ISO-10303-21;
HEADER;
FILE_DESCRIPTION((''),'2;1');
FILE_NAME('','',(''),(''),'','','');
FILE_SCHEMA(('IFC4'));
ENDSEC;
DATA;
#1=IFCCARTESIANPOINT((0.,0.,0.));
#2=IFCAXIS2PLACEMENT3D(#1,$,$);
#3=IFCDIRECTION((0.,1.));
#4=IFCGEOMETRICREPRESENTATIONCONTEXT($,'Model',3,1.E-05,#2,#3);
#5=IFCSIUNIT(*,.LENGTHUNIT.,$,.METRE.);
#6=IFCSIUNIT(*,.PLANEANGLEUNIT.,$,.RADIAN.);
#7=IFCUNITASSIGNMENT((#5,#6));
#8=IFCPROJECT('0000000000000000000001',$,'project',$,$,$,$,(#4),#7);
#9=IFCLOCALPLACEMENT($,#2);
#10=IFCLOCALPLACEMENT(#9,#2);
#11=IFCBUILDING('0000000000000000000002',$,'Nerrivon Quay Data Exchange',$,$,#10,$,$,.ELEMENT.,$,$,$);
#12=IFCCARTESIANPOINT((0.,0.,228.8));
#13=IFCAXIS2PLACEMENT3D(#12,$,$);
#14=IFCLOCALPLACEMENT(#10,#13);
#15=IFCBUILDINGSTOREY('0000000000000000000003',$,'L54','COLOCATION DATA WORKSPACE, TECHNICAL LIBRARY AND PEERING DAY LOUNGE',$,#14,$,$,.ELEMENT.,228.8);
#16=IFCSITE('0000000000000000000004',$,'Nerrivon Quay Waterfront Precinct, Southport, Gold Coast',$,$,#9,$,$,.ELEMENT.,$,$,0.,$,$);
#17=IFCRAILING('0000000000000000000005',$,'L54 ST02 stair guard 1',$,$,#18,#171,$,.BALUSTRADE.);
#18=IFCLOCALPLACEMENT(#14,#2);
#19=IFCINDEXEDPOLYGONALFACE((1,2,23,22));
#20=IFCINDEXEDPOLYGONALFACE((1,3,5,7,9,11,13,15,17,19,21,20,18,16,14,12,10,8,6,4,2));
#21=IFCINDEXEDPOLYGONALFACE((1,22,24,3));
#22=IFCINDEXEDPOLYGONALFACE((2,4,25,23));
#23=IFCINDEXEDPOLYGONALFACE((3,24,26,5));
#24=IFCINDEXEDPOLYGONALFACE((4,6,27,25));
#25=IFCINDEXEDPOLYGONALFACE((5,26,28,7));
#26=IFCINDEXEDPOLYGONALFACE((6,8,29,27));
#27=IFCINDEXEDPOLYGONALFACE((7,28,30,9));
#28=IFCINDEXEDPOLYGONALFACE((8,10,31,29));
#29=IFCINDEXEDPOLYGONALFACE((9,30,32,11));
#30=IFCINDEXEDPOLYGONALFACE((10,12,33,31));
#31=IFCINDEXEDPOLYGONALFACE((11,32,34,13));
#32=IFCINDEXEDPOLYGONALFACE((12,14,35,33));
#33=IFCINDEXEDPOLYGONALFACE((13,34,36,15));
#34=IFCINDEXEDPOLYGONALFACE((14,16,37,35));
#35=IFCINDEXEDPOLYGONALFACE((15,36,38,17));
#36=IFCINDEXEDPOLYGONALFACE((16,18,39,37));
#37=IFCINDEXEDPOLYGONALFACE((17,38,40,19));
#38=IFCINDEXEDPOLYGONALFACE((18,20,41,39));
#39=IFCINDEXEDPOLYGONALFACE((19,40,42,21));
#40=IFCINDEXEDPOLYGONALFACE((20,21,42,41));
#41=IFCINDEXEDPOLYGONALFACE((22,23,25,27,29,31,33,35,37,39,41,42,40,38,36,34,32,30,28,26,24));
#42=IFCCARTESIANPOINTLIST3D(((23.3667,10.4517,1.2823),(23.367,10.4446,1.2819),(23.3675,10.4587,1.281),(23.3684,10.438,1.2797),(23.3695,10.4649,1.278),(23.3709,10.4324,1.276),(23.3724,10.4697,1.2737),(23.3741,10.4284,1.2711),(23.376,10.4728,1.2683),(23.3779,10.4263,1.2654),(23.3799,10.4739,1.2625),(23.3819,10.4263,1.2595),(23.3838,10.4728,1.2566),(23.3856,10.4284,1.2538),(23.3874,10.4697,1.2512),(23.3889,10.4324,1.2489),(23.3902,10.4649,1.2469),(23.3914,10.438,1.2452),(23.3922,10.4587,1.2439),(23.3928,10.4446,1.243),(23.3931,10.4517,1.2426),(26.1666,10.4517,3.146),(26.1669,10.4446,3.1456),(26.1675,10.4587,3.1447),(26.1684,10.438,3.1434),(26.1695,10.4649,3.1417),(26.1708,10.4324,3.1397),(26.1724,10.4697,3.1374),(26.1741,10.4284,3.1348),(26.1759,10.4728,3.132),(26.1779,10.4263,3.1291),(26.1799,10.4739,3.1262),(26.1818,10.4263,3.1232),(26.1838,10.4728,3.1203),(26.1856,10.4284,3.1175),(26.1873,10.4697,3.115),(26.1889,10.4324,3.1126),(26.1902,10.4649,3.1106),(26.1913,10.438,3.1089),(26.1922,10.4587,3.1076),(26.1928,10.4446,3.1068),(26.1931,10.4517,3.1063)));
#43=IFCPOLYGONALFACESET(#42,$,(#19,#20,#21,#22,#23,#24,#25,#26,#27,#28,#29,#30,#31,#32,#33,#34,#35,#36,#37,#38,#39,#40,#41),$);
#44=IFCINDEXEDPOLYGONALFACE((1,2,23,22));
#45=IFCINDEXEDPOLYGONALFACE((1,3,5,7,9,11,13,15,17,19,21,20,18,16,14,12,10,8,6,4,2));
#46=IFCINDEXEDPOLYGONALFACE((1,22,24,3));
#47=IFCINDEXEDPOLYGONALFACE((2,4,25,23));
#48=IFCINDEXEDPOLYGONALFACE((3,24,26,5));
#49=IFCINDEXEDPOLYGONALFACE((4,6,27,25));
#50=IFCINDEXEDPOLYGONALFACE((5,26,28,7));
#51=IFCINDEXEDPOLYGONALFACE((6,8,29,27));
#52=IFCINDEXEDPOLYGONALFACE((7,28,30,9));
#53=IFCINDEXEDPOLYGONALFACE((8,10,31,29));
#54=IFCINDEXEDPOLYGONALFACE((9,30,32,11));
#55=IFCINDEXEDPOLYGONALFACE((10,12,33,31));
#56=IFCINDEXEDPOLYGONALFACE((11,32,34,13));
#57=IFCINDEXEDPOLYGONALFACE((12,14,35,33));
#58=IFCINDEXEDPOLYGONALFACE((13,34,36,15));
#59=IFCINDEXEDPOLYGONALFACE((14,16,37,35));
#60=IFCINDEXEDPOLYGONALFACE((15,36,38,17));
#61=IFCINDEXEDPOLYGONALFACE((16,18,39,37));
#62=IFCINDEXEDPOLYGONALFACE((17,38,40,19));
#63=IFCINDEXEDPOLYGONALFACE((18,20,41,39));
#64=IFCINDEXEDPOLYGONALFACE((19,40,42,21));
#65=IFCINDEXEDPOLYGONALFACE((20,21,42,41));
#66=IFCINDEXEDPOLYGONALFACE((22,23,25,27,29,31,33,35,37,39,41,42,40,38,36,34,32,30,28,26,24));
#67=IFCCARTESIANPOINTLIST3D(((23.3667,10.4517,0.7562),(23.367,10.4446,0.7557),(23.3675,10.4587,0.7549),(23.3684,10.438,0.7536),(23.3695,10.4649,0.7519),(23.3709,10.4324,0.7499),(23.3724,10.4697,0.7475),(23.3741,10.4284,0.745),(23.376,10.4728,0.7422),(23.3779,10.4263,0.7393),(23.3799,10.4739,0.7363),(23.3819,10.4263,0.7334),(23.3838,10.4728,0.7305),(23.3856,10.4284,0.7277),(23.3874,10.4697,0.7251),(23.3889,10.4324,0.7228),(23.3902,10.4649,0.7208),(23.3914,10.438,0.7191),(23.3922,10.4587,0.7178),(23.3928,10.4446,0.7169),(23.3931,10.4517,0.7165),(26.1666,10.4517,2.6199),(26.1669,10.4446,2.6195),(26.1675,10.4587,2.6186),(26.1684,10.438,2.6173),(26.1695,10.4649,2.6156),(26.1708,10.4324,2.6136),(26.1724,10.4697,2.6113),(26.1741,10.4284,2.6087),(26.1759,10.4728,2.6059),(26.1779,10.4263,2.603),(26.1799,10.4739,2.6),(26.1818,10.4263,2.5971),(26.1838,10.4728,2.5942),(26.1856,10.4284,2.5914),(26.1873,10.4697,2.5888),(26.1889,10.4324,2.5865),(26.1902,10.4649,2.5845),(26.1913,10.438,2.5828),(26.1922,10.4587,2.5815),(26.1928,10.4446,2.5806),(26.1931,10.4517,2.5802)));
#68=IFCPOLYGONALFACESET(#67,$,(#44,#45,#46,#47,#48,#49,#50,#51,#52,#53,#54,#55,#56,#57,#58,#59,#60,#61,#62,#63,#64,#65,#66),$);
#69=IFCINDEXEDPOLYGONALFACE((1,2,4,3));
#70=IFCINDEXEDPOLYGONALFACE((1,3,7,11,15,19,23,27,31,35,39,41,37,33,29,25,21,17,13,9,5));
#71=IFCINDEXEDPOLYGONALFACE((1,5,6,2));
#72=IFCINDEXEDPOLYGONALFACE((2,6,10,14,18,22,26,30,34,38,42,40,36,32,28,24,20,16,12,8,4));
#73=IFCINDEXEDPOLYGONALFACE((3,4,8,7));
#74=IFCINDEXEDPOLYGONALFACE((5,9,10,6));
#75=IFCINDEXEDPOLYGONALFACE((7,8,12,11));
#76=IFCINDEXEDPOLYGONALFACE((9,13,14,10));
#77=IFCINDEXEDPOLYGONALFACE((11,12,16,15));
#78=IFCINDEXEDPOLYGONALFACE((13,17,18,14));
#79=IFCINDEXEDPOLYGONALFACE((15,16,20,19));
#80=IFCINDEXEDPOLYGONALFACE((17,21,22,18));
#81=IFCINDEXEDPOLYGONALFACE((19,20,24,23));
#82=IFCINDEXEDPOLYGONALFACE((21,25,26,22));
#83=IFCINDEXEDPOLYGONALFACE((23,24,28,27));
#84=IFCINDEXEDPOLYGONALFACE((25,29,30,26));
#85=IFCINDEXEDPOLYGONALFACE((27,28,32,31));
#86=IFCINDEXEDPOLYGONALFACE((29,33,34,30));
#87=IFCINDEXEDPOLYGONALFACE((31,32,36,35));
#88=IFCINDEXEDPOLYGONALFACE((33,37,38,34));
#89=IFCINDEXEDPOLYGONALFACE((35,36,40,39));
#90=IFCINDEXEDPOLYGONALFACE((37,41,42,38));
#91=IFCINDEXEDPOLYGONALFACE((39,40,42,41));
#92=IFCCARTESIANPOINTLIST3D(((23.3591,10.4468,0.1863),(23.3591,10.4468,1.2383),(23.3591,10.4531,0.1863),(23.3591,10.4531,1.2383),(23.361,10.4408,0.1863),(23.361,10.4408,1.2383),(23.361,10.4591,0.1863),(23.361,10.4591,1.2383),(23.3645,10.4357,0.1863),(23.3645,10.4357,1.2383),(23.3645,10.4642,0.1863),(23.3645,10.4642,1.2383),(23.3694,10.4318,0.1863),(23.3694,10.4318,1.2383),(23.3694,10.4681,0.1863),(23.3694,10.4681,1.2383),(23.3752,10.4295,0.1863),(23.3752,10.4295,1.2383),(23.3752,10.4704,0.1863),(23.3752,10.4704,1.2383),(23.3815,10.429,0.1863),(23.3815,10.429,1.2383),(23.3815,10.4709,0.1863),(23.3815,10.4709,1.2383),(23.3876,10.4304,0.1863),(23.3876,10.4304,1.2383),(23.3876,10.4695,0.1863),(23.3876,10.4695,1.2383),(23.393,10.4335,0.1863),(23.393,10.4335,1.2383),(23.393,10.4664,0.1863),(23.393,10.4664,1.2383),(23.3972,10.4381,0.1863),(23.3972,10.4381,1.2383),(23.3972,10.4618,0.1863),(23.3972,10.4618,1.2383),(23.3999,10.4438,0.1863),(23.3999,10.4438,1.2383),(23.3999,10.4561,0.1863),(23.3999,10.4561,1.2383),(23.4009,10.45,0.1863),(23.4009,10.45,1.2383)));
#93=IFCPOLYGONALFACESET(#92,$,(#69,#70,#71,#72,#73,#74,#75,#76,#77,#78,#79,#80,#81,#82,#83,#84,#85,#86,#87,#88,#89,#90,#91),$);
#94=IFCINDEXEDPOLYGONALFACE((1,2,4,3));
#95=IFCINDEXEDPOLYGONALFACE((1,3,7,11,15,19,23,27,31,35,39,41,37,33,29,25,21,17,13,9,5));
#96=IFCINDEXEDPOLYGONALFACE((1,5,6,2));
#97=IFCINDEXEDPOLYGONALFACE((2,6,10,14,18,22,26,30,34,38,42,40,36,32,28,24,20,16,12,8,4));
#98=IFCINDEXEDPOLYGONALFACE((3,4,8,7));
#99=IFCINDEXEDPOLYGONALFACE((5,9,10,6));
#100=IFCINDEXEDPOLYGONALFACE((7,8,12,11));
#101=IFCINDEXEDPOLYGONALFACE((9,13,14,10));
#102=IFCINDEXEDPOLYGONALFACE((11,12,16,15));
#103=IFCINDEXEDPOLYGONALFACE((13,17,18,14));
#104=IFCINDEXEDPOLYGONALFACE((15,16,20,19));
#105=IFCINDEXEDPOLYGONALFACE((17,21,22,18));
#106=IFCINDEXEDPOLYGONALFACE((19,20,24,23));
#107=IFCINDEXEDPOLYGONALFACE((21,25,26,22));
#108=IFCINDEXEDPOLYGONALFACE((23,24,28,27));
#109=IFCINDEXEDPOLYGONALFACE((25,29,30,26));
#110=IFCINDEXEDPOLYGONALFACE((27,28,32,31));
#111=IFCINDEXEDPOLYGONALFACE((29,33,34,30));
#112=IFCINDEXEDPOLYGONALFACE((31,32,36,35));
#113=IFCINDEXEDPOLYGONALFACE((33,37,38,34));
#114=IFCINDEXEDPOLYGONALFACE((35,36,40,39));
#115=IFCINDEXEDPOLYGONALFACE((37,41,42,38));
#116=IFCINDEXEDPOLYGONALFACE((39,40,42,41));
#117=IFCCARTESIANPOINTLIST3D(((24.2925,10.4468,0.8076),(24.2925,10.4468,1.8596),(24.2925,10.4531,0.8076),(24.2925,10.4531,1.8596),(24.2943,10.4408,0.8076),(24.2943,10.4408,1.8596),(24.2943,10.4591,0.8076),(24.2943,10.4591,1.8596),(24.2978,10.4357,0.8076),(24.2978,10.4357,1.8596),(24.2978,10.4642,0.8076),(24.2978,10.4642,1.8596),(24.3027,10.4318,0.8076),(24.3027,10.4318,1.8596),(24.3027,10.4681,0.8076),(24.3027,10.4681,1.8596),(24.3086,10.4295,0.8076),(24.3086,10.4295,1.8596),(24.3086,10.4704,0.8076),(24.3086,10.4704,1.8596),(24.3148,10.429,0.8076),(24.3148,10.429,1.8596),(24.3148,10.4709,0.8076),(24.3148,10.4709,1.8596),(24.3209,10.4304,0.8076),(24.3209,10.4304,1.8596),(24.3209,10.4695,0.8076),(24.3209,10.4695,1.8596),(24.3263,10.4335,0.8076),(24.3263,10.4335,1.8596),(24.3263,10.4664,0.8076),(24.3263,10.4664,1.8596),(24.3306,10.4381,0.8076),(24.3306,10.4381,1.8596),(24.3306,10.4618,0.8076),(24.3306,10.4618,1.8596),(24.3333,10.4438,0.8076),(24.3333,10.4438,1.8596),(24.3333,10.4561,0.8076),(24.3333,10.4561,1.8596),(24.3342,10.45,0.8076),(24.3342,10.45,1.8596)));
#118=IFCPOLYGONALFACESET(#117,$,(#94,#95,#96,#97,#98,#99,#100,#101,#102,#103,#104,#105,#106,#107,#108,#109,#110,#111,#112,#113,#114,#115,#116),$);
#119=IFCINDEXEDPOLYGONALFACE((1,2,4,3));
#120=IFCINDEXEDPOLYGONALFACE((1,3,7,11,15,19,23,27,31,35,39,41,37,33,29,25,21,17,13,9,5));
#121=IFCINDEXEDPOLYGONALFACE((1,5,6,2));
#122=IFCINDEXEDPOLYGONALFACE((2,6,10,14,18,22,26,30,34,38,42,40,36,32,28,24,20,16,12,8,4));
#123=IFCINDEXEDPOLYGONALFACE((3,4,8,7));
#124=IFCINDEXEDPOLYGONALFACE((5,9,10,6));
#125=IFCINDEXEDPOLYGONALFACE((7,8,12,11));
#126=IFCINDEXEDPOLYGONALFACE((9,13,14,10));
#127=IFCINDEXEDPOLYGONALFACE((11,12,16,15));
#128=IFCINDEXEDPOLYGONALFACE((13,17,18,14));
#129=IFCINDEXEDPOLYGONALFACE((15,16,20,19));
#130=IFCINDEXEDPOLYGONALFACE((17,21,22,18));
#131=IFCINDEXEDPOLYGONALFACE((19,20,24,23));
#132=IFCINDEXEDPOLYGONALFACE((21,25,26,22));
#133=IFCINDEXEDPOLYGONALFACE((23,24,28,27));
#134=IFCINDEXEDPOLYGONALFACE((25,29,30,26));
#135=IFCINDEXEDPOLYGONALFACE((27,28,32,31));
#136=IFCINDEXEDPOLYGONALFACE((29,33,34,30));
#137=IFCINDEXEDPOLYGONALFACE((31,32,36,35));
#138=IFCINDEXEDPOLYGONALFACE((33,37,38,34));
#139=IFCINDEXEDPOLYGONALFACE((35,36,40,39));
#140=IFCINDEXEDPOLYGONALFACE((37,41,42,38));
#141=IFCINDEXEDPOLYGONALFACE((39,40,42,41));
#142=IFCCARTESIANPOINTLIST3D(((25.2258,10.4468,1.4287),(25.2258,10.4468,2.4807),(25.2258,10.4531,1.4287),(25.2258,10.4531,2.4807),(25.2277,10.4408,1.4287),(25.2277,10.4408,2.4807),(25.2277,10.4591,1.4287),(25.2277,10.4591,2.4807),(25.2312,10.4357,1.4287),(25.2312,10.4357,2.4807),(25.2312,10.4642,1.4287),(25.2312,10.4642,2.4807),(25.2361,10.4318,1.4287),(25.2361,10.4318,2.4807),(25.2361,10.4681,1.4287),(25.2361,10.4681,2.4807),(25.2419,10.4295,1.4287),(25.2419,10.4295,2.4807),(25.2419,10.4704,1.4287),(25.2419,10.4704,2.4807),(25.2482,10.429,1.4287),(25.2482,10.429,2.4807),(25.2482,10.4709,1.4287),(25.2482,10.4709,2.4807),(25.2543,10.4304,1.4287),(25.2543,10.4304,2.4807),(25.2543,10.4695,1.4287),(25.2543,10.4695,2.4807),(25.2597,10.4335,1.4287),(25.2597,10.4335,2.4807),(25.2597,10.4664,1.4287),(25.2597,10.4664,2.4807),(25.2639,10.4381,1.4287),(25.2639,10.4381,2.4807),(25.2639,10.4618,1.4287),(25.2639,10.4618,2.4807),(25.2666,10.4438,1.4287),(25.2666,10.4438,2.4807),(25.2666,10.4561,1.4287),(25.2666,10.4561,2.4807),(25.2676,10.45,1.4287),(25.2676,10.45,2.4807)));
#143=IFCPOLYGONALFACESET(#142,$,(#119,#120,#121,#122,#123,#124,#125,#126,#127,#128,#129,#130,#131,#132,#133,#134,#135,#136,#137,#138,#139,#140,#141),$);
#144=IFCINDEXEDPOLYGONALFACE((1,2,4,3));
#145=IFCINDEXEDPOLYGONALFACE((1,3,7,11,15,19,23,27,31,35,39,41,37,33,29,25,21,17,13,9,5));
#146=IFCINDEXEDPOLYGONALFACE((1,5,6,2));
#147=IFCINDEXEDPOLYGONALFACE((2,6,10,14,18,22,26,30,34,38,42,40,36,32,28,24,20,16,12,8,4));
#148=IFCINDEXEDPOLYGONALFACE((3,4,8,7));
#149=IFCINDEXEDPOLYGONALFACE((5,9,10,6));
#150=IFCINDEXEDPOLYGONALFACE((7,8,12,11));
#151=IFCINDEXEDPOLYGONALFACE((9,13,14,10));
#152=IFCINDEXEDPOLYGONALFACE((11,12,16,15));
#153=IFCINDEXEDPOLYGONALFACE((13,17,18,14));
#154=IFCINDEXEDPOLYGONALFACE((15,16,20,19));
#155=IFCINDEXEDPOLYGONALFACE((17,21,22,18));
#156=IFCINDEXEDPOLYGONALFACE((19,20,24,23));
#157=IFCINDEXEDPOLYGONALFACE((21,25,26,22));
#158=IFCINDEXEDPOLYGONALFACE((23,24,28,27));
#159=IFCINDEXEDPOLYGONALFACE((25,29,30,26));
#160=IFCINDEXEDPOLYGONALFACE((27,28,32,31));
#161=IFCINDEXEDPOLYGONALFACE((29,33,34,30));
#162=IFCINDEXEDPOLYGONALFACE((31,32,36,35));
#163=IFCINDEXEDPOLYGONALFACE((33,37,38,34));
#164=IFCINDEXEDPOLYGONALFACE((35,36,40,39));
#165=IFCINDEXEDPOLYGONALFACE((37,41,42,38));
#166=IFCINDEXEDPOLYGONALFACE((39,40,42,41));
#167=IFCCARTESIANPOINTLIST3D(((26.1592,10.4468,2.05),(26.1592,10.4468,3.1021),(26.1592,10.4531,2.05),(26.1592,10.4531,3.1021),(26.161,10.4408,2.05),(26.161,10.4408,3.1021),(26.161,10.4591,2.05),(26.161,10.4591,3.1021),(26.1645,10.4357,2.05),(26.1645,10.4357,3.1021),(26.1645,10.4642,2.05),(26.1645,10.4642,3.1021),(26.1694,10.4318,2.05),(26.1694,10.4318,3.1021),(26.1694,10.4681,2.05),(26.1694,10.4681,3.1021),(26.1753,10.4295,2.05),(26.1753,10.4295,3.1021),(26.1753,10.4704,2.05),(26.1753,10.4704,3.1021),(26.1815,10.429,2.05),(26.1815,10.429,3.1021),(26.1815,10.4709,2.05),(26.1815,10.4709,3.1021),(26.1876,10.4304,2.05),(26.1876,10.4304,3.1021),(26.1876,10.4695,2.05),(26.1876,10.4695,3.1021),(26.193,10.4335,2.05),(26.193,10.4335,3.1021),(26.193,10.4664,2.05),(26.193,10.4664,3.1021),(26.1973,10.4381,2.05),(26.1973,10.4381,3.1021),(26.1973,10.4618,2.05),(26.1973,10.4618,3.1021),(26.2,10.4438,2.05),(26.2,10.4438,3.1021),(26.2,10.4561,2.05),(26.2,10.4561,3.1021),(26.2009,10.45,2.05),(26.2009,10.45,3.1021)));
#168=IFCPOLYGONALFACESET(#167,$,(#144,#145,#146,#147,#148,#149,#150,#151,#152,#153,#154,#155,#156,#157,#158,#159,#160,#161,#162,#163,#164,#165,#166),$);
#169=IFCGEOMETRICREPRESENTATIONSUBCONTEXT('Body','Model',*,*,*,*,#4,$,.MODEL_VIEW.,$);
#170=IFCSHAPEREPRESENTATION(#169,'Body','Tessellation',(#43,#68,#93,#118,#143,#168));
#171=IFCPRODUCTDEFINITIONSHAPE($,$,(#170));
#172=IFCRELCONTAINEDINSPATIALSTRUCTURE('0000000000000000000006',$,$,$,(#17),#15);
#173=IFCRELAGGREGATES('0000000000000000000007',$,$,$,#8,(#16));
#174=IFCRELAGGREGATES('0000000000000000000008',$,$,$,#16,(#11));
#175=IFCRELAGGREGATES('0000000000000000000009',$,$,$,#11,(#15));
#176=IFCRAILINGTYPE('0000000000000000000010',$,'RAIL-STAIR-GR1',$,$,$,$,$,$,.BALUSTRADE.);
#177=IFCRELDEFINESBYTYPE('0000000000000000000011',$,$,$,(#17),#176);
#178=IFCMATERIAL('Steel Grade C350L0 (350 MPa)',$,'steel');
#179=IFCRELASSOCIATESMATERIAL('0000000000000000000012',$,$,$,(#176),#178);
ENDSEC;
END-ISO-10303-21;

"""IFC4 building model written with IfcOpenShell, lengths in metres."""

from ifc_helpers import new_model, si_unit, direction, frame, origin, origin_2d, place, context, subcontext, project, spatial, circle, extrude, material, type_object, element, save


model = new_model("IFC4")

# Units and contexts
model_context = context("Model", 3, precision=1e-05, world=origin(), true_north=direction((0.0, 1.0)))
body_context = subcontext(model_context, "Body", "Model", "MODEL_VIEW")
ifc_project = project(units=[si_unit("LENGTHUNIT", "METRE"), si_unit("PLANEANGLEUNIT", "RADIAN")], contexts=[model_context])

# Site, building, storey
site_placement = place(None, origin())
site = spatial("IfcSite", under=ifc_project, at=site_placement, Name="Nerrivon Quay Waterfront Precinct, Southport, Gold Coast", CompositionType="ELEMENT", RefElevation=0.0)
building_placement = place(site_placement, origin())
building = spatial("IfcBuilding", under=site, at=building_placement, Name="Nerrivon Quay Data Exchange", CompositionType="ELEMENT")
storey_placement = place(building_placement, frame((0.0, 0.0, 228.8)))
storey = spatial("IfcBuildingStorey", under=building, at=storey_placement, Name="L54", Description="COLOCATION DATA WORKSPACE, TECHNICAL LIBRARY AND PEERING DAY LOUNGE", CompositionType="ELEMENT", Elevation=228.8)

# Railing
ifc_material_1 = material(Name="Steel Grade C350L0 (350 MPa)", Category="steel")
railing_type_1 = type_object("IfcRailingType", Name="RAIL-STAIR-GR1", PredefinedType="BALUSTRADE", material=ifc_material_1)
railing_1_placement = place(storey_placement, frame((23.3799, 10.45, 0.1863)))
element("IfcRailing", 1, at=railing_1_placement, inside=storey, type_object=railing_type_1, Name="L54 ST02 stair guard 1", PredefinedType="BALUSTRADE", context=body_context, shape_type="SweptSolid", body=[
    extrude(circle(Radius=0.0239, at=origin_2d()), frame((0.0, 0.0, 1.0762), z_axis=(0.832452, 0.0, 0.554097), x_axis=(0.0, 1.0, 0.0)), (0.0, 0.0, 1.0), 3.3635),
    extrude(circle(Radius=0.0239, at=origin_2d()), frame((0.0, 0.0, 0.55), z_axis=(0.832452, 0.0, 0.554097), x_axis=(0.0, 1.0, 0.0)), (0.0, 0.0, 1.0), 3.3635),
    extrude(circle(Radius=0.021, at=origin_2d()), origin(), (0.0, 0.0, 1.0), 1.052),
    extrude(circle(Radius=0.021, at=origin_2d()), frame((0.9333, 0.0, 0.6213)), (0.0, 0.0, 1.0), 1.052),
    extrude(circle(Radius=0.021, at=origin_2d()), frame((1.8667, 0.0, 1.2424)), (0.0, 0.0, 1.0), 1.052),
    extrude(circle(Radius=0.021, at=origin_2d()), frame((2.8, 0.0, 1.8638)), (0.0, 0.0, 1.0), 1.052),
])

save(model, "model.ifc")
